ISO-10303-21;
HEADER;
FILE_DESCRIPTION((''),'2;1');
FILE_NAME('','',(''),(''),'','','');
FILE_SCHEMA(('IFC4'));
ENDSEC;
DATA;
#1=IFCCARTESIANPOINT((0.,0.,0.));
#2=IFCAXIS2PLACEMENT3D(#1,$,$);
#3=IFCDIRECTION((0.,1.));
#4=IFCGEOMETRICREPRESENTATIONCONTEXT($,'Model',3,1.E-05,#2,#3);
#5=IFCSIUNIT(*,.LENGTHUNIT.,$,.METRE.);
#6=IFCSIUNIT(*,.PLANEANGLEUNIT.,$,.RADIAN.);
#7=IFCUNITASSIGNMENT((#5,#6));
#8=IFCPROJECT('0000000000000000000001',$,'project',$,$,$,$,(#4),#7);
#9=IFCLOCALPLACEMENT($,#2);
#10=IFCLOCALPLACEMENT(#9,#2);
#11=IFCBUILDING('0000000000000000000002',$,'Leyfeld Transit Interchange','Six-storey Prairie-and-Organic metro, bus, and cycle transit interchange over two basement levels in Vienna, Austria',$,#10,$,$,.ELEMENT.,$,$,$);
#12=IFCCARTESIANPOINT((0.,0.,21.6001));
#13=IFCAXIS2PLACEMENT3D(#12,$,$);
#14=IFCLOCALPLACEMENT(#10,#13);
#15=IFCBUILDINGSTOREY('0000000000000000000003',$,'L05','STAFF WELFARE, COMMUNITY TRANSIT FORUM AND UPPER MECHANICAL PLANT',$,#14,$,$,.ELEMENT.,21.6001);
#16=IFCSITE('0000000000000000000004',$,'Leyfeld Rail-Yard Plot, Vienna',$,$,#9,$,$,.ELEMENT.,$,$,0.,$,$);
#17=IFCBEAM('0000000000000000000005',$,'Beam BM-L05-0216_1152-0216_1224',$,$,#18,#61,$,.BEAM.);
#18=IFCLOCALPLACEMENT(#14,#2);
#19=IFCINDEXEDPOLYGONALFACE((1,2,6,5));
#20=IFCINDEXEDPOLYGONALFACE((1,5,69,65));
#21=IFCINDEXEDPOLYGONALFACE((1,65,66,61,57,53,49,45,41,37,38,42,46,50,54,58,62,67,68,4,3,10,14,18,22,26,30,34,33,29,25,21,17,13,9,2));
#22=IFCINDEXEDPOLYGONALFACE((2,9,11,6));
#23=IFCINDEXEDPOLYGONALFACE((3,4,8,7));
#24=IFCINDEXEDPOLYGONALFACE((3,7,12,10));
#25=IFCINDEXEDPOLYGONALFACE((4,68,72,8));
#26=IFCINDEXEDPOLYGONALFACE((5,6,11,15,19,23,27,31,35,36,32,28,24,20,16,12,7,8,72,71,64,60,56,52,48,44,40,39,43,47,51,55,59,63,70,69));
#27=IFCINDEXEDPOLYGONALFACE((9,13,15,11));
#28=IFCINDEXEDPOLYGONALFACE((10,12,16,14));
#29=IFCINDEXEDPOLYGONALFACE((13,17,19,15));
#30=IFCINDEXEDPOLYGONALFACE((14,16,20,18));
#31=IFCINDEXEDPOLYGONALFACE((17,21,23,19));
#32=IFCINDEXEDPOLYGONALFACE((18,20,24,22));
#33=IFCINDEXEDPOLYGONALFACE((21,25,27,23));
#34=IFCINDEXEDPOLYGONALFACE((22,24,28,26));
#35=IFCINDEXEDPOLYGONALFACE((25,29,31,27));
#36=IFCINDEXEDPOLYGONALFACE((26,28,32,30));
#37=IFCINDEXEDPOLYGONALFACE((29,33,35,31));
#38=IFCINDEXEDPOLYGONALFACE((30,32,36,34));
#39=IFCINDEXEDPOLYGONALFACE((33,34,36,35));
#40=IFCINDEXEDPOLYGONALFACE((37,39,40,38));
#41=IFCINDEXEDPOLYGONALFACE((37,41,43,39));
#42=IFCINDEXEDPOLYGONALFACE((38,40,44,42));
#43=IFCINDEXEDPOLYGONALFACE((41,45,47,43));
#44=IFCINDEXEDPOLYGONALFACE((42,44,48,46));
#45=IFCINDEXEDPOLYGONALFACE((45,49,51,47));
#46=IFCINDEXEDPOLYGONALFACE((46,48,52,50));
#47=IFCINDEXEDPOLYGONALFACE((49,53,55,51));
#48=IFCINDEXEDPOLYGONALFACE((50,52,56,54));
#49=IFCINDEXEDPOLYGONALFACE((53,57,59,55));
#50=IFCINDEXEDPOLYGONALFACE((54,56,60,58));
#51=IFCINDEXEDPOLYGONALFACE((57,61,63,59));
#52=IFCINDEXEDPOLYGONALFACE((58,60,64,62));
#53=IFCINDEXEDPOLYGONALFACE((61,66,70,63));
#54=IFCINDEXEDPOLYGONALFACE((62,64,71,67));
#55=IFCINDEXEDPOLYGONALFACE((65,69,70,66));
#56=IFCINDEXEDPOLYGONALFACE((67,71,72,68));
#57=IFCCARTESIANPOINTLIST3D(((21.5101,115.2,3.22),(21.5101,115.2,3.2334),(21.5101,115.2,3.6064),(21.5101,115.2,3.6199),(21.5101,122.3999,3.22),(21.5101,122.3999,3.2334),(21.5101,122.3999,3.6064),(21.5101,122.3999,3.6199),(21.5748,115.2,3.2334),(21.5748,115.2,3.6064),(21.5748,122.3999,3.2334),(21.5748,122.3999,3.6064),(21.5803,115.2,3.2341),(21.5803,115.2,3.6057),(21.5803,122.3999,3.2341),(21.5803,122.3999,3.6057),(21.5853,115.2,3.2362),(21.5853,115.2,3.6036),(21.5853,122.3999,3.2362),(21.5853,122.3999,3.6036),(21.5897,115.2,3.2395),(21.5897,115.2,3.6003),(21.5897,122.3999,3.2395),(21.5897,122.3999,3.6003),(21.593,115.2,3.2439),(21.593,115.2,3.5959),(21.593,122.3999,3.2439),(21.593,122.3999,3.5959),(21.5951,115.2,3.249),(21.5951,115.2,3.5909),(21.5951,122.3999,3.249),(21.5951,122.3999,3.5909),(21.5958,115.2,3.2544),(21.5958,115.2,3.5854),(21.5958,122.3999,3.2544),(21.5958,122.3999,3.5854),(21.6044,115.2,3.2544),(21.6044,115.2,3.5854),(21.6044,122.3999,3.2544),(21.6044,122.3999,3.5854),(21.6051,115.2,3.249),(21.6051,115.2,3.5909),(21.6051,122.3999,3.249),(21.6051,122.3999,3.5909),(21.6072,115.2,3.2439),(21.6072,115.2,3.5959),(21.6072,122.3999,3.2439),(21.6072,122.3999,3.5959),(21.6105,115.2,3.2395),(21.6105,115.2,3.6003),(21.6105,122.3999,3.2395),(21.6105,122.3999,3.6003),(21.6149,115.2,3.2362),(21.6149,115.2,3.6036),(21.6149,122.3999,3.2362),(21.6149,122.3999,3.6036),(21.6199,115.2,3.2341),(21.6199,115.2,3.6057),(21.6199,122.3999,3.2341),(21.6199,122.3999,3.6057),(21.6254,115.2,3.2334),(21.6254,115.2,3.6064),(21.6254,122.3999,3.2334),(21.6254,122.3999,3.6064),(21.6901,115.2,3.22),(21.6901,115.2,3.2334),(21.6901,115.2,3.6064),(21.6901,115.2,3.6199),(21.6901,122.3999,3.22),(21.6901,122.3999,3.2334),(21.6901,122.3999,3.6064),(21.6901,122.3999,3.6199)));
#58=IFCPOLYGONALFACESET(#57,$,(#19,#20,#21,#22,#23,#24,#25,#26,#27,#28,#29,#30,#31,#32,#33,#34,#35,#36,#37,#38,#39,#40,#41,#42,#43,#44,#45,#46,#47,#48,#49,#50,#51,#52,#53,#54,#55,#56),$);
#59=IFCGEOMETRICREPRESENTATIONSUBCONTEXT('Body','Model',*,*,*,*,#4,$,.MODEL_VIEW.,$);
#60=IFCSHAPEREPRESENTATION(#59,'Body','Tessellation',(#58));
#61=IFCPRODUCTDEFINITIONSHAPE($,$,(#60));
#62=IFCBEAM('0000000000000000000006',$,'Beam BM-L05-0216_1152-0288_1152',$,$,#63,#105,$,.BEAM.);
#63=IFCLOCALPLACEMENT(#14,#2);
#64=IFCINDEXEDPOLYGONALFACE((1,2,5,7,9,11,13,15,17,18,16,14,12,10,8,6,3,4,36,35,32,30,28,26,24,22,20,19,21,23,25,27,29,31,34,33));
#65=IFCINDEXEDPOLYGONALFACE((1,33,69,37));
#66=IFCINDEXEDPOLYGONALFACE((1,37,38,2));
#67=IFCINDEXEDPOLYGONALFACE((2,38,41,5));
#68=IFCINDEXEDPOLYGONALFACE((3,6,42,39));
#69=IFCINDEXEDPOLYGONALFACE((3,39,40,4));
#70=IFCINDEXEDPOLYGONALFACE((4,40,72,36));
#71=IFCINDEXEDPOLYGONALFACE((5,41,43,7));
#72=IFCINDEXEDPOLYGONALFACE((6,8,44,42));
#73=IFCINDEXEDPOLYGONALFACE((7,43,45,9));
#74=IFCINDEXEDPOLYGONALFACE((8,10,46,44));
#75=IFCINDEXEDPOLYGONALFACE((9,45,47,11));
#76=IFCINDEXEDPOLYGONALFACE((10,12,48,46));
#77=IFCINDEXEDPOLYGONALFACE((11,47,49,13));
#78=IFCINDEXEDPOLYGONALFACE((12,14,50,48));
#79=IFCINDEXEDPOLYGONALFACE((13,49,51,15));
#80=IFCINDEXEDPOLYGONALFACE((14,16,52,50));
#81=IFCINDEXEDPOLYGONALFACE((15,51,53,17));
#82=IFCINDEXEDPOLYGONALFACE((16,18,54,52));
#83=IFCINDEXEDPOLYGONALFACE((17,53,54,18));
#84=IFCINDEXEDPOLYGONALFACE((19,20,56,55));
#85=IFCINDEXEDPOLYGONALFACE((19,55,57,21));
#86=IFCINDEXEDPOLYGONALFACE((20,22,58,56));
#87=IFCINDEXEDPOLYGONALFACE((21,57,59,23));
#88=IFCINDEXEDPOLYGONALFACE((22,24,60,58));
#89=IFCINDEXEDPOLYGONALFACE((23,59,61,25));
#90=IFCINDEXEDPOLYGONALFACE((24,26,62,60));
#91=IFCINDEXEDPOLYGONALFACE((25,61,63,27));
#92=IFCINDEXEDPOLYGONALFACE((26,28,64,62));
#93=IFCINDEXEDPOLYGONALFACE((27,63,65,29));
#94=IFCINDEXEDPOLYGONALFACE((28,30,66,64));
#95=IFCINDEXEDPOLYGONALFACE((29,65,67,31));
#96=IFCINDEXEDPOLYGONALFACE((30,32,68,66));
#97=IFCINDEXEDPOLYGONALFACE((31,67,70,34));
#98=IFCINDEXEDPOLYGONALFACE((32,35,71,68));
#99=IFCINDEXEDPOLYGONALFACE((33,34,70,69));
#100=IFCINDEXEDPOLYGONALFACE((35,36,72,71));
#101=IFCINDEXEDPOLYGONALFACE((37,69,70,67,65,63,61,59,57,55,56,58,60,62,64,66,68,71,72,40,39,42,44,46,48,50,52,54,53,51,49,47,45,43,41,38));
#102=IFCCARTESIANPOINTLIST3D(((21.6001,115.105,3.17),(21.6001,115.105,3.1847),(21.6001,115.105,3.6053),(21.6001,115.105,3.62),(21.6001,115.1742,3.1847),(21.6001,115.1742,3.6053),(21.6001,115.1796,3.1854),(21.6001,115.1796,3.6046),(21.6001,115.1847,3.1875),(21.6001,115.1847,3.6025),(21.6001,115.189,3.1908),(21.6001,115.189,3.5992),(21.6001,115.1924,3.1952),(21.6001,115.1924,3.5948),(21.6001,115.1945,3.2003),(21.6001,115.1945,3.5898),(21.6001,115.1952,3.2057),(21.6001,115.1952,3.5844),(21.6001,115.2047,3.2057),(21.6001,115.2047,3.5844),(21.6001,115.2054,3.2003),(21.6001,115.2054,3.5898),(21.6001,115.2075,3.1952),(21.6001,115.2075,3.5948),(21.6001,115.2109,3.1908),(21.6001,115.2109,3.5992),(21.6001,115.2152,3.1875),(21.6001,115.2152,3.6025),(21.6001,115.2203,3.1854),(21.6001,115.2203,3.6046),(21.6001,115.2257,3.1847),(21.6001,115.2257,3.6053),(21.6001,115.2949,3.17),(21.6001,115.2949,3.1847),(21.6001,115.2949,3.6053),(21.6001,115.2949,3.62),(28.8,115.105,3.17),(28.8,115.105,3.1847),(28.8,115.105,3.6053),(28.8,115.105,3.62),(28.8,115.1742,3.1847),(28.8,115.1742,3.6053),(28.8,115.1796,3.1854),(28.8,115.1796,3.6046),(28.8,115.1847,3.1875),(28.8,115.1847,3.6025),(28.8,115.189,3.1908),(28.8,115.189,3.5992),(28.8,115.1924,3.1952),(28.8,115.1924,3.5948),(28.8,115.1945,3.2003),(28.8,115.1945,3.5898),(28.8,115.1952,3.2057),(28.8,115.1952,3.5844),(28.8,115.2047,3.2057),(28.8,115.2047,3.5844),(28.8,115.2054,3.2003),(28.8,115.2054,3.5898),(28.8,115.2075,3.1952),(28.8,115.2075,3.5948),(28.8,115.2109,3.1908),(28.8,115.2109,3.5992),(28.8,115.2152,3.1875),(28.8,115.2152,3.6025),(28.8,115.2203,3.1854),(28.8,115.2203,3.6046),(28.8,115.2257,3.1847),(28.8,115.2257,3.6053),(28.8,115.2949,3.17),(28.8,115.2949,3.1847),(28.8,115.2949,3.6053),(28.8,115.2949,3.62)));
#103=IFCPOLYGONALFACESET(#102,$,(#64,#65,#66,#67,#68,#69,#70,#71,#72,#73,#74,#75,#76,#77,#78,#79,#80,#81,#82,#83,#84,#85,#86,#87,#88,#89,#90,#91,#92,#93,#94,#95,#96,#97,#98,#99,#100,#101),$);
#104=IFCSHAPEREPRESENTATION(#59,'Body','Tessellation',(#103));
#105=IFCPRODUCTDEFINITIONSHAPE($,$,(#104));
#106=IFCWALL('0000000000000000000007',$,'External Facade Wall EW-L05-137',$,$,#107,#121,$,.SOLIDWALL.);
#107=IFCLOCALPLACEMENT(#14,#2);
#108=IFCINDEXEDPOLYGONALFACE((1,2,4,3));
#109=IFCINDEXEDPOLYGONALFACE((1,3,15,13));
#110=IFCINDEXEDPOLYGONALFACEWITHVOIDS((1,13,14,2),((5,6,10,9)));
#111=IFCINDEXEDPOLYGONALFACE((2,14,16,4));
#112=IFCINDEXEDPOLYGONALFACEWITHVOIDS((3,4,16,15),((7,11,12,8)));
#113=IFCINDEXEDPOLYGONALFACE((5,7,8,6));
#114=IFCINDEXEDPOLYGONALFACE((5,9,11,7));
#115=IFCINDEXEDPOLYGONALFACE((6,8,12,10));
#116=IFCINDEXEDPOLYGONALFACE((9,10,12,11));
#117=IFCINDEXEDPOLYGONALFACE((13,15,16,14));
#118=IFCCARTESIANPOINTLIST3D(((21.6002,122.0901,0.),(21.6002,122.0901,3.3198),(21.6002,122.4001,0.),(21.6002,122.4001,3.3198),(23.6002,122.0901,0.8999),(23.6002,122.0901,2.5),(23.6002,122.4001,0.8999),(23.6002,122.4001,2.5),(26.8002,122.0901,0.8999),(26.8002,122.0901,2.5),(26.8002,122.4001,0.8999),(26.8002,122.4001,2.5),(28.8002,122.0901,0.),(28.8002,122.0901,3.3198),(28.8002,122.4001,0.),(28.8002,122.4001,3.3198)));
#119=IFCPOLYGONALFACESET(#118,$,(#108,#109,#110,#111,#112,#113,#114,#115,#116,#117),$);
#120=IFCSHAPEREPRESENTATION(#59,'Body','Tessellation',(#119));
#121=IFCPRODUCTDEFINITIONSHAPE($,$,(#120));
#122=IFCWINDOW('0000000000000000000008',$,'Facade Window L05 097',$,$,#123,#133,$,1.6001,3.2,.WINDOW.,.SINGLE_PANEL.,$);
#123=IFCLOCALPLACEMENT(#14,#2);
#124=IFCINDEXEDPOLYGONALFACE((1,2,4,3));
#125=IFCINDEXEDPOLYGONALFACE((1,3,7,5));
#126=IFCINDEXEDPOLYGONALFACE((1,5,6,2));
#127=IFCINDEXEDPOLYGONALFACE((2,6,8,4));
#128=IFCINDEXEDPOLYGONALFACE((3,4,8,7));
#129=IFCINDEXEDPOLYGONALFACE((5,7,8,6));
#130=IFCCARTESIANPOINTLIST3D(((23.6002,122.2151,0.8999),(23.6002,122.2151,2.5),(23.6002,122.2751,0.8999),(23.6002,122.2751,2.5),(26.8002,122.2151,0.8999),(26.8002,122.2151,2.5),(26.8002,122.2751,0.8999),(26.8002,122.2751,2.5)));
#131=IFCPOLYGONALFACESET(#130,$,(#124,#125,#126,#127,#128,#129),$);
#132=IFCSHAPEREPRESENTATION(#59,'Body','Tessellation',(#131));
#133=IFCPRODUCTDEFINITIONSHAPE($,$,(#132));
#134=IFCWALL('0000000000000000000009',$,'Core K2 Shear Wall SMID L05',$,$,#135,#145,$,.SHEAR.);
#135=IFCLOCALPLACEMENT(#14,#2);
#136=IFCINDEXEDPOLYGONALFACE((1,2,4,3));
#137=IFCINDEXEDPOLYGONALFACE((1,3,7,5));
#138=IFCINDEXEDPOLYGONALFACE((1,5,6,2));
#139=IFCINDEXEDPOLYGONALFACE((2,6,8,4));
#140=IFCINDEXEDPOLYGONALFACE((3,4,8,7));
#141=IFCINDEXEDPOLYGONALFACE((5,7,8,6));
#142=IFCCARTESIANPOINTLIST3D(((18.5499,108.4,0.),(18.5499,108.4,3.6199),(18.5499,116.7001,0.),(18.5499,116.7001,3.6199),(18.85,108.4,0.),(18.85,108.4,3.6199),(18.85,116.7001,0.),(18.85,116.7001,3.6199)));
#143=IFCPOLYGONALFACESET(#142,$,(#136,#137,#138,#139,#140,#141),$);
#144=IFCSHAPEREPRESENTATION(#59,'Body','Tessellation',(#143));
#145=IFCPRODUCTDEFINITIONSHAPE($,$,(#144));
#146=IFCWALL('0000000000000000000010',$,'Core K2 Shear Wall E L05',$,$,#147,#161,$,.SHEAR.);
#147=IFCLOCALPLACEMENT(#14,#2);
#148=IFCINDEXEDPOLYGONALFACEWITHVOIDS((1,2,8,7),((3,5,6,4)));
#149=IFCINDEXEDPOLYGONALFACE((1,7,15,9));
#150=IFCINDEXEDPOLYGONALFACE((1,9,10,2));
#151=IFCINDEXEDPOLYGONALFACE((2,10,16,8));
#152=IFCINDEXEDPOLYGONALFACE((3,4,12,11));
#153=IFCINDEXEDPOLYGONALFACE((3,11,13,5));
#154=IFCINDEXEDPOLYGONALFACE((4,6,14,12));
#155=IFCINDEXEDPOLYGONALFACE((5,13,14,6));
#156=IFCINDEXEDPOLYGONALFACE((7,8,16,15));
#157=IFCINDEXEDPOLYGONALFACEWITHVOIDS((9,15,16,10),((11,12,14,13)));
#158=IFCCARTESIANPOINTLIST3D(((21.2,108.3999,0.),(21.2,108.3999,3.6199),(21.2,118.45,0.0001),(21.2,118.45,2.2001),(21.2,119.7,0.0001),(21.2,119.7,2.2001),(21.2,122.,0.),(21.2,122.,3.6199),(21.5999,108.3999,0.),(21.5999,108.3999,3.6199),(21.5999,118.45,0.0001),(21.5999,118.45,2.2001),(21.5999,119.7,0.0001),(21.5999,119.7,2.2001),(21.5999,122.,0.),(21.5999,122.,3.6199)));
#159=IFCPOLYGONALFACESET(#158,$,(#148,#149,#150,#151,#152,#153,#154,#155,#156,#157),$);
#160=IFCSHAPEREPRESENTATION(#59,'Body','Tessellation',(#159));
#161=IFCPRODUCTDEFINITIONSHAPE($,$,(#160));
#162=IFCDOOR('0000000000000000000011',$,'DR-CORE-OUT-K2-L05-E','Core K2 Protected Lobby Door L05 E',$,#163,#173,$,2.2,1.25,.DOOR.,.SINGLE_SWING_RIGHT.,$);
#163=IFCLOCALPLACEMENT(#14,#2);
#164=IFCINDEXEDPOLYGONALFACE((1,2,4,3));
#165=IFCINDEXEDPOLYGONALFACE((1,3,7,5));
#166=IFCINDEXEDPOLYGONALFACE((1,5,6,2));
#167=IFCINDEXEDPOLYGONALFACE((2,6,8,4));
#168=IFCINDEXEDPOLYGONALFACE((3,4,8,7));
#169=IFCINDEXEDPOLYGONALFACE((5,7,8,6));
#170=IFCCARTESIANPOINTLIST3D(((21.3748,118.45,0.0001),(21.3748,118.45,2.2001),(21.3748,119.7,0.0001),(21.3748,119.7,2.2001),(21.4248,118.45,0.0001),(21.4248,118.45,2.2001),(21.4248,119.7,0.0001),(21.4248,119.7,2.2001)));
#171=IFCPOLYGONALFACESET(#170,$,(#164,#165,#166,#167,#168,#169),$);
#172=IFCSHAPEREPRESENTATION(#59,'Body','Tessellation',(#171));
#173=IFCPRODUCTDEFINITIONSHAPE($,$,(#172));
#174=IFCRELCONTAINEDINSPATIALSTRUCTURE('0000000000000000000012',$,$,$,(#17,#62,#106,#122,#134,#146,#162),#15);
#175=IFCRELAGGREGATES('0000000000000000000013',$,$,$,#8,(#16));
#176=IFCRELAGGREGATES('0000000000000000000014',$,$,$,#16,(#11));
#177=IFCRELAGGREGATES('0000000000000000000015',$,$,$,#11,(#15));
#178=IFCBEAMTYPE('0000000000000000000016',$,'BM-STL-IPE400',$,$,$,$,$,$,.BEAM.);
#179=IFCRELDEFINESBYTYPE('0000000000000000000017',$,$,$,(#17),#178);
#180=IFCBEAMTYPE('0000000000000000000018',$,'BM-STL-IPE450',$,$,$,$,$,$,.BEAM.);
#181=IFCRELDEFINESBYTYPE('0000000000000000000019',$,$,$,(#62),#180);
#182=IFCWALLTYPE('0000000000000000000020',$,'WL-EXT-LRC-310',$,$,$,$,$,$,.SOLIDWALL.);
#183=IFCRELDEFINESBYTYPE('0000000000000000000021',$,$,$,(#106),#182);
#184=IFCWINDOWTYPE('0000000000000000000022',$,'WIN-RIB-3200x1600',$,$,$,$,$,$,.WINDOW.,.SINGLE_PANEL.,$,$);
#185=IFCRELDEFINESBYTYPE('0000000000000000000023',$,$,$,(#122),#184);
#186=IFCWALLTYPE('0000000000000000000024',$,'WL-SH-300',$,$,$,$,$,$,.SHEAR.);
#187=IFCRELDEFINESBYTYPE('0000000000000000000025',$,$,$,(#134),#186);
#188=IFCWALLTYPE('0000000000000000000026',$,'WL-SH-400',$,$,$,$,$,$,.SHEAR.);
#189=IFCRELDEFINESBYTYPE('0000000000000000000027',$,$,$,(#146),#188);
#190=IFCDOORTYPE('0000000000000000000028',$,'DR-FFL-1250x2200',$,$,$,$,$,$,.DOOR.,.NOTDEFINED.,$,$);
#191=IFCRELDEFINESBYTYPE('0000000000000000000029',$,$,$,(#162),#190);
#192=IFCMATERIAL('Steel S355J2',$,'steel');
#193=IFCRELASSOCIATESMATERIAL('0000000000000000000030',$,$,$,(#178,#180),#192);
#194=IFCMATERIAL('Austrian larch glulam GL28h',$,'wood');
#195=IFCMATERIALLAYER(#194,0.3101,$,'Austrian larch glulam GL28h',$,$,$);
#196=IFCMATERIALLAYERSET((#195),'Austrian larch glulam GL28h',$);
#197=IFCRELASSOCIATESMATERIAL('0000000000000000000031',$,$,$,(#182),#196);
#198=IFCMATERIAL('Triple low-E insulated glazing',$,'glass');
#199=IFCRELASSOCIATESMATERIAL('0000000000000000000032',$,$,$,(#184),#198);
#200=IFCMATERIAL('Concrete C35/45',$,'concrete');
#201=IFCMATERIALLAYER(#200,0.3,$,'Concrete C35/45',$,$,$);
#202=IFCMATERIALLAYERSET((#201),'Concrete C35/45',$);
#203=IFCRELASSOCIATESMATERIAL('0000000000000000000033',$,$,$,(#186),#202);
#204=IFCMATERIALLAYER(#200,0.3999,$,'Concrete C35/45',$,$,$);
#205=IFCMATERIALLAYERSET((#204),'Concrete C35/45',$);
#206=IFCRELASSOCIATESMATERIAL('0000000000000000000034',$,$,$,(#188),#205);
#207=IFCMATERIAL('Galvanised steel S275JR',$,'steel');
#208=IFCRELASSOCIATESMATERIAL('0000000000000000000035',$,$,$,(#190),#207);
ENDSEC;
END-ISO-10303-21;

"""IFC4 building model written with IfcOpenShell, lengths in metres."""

from ifc_helpers import new_model, si_unit, direction, frame, frame_2d, origin, origin_2d, place, context, subcontext, project, spatial, rectangle, i_section, extrude, material, layer, layer_set, material_profile, profile_set, type_object, element, fill, save


model = new_model("IFC4")

# Units and contexts
model_context = context("Model", 3, precision=1e-05, world=origin(), true_north=direction((0.0, 1.0)))
body_context = subcontext(model_context, "Body", "Model", "MODEL_VIEW")
ifc_project = project(units=[si_unit("LENGTHUNIT", "METRE"), si_unit("PLANEANGLEUNIT", "RADIAN")], contexts=[model_context])

# Site, building, storey
site_placement = place(None, origin())
site = spatial("IfcSite", under=ifc_project, at=site_placement, Name="Leyfeld Rail-Yard Plot, Vienna", CompositionType="ELEMENT", RefElevation=0.0)
building_placement = place(site_placement, origin())
building = spatial("IfcBuilding", under=site, at=building_placement, Name="Leyfeld Transit Interchange", Description="Six-storey Prairie-and-Organic metro, bus, and cycle transit interchange over two basement levels in Vienna, Austria", CompositionType="ELEMENT")
storey_placement = place(building_placement, frame((0.0, 0.0, 21.6001)))
storey = spatial("IfcBuildingStorey", under=building, at=storey_placement, Name="L05", Description="STAFF WELFARE, COMMUNITY TRANSIT FORUM AND UPPER MECHANICAL PLANT", CompositionType="ELEMENT", Elevation=21.6001)

# Shared definitions
ifc_material_1 = material(Name="Steel S355J2", Category="steel")

# Beams
ifc_material_2 = material(Name="Concrete C35/45", Category="concrete")
ifc_material_profile_1 = material_profile(ifc_material_1, i_section(OverallWidth=0.1799, OverallDepth=0.3999, WebThickness=0.0085, FlangeThickness=0.0134, FilletRadius=0.021, at=origin_2d()), Name="IPE 400")
ifc_profile_set_1 = profile_set([ifc_material_profile_1], Name="Steel S355J2")
beam_type_1 = type_object("IfcBeamType", Name="BM-STL-IPE400", PredefinedType="BEAM", material=ifc_profile_set_1)
for number, where, z_axis, x_axis, name in (
    (1, (21.6001, 115.2, 3.4199), (0.0, 1.0, 0.0), (-1.0, 0.0, 0.0), "Beam BM-L05-0216_1152-0216_1224"),
):
    element("IfcBeam", number, at=place(storey_placement, frame(where, z_axis=z_axis, x_axis=x_axis)), inside=storey, type_object=beam_type_1, Name=name, PredefinedType="BEAM", context=body_context, shape_type="SweptSolid", body=[
        extrude(i_section(OverallWidth=0.1799, OverallDepth=0.3999, WebThickness=0.0085, FlangeThickness=0.0134, FilletRadius=0.021, at=origin_2d()), origin(), (0.0, 0.0, 1.0), 7.2),
    ])
ifc_material_profile_2 = material_profile(ifc_material_1, i_section(OverallWidth=0.1899, OverallDepth=0.45, WebThickness=0.0095, FlangeThickness=0.0146, FilletRadius=0.021, at=origin_2d()), Name="IPE 450")
ifc_profile_set_2 = profile_set([ifc_material_profile_2], Name="Steel S355J2")
beam_type_2 = type_object("IfcBeamType", Name="BM-STL-IPE450", PredefinedType="BEAM", material=ifc_profile_set_2)
beam_1_placement = place(storey_placement, frame((21.6001, 115.2, 3.395), z_axis=(1.0, 0.0, 0.0), x_axis=(0.0, 1.0, 0.0)))
element("IfcBeam", 2, at=beam_1_placement, inside=storey, type_object=beam_type_2, Name="Beam BM-L05-0216_1152-0288_1152", PredefinedType="BEAM", context=body_context, shape_type="SweptSolid", body=[
    extrude(i_section(OverallWidth=0.1899, OverallDepth=0.45, WebThickness=0.0095, FlangeThickness=0.0146, FilletRadius=0.021, at=origin_2d()), origin(), (0.0, 0.0, 1.0), 7.2),
])

# Wall, opening, window
ifc_material_3 = material(Name="Austrian larch glulam GL28h", Category="wood")
ifc_layer_1 = layer(ifc_material_3, 0.3101, Name="Austrian larch glulam GL28h")
ifc_layer_set_1 = layer_set([ifc_layer_1], Name="Austrian larch glulam GL28h")
wall_type_1 = type_object("IfcWallType", Name="WL-EXT-LRC-310", PredefinedType="SOLIDWALL", material=ifc_layer_set_1)
wall_1_placement = place(storey_placement, frame((21.6001, 122.2451, 0.0), z_axis=(0.0, 0.0, 1.0), x_axis=(1.0, 0.0, 0.0)))
wall_1 = element("IfcWall", 3, at=wall_1_placement, inside=storey, type_object=wall_type_1, Name="External Facade Wall EW-L05-137", PredefinedType="SOLIDWALL", context=body_context, shape_type="SweptSolid", body=[
    extrude(rectangle(XDim=7.2, YDim=0.3101, at=frame_2d((3.6001, 0.0))), origin(), (0.0, 0.0, 1.0), 3.3198),
])
opening_1_placement = place(wall_1_placement, frame((2.0, 0.0, 0.8999)))
opening_1 = element("IfcOpeningElement", 4, at=opening_1_placement, cuts=wall_1, PredefinedType="OPENING", context=body_context, shape_type="SweptSolid", body=[
    extrude(rectangle(XDim=3.2, YDim=1.6001, at=frame_2d((1.6001, 0.8))), frame((0.0, 0.165, 0.0), z_axis=(0.0, -1.0, 0.0), x_axis=(1.0, 0.0, 0.0)), (0.0, 0.0, 1.0), 0.3301),
])
ifc_material_4 = material(Name="Triple low-E insulated glazing", Category="glass")
window_type = type_object("IfcWindowType", Name="WIN-RIB-3200x1600", PartitioningType="SINGLE_PANEL", PredefinedType="WINDOW", material=ifc_material_4)
window_placement = place(opening_1_placement, origin())
window = element("IfcWindow", 5, at=window_placement, inside=storey, type_object=window_type, Name="Facade Window L05 097", OverallHeight=1.6001, OverallWidth=3.2, PartitioningType="SINGLE_PANEL", PredefinedType="WINDOW", context=body_context, shape_type="SweptSolid", body=[
    extrude(rectangle(XDim=3.2, YDim=1.6001, at=frame_2d((1.6001, 0.8))), frame((0.0, 0.03, 0.0), z_axis=(0.0, -1.0, 0.0), x_axis=(1.0, 0.0, 0.0)), (0.0, 0.0, 1.0), 0.0601),
])
fill(opening_1, window)

# Wall
ifc_layer_2 = layer(ifc_material_2, 0.3, Name="Concrete C35/45")
ifc_layer_set_2 = layer_set([ifc_layer_2], Name="Concrete C35/45")
wall_type_2 = type_object("IfcWallType", Name="WL-SH-300", PredefinedType="SHEAR", material=ifc_layer_set_2)
wall_2_placement = place(storey_placement, frame((18.7, 116.7, 0.0), z_axis=(0.0, 0.0, 1.0), x_axis=(0.0, -1.0, 0.0)))
element("IfcWall", 6, at=wall_2_placement, inside=storey, type_object=wall_type_2, Name="Core K2 Shear Wall SMID L05", PredefinedType="SHEAR", context=body_context, shape_type="SweptSolid", body=[
    extrude(rectangle(XDim=8.3, YDim=0.3, at=frame_2d((4.1499, 0.0))), origin(), (0.0, 0.0, 1.0), 3.6199),
])

# Shared definitions
ifc_material_5 = material(Name="Galvanised steel S275JR", Category="steel")

# Wall, opening, door
ifc_layer_3 = layer(ifc_material_2, 0.3999, Name="Concrete C35/45")
ifc_layer_set_3 = layer_set([ifc_layer_3], Name="Concrete C35/45")
wall_type_3 = type_object("IfcWallType", Name="WL-SH-400", PredefinedType="SHEAR", material=ifc_layer_set_3)
wall_3_placement = place(storey_placement, frame((21.3999, 122.0, 0.0), z_axis=(0.0, 0.0, 1.0), x_axis=(0.0, -1.0, 0.0)))
wall_3 = element("IfcWall", 7, at=wall_3_placement, inside=storey, type_object=wall_type_3, Name="Core K2 Shear Wall E L05", PredefinedType="SHEAR", context=body_context, shape_type="SweptSolid", body=[
    extrude(rectangle(XDim=13.6001, YDim=0.3999, at=frame_2d((6.8, 0.0))), origin(), (0.0, 0.0, 1.0), 3.6199),
])
opening_2_placement = place(wall_3_placement, frame((2.3, 0.0, 0.0)))
opening_2 = element("IfcOpeningElement", 8, at=opening_2_placement, cuts=wall_3, PredefinedType="OPENING", context=body_context, shape_type="SweptSolid", body=[
    extrude(rectangle(XDim=1.25, YDim=2.2, at=frame_2d((0.625, 1.1001))), frame((0.0, 0.21, 0.0), z_axis=(0.0, -1.0, 0.0), x_axis=(1.0, 0.0, 0.0)), (0.0, 0.0, 1.0), 0.4199),
])
door_type_1 = type_object("IfcDoorType", Name="DR-FFL-1250x2200", OperationType="NOTDEFINED", PredefinedType="DOOR", material=ifc_material_5)
door_1_placement = place(opening_2_placement, origin())
door_1 = element("IfcDoor", 9, at=door_1_placement, inside=storey, type_object=door_type_1, Name="DR-CORE-OUT-K2-L05-E", Description="Core K2 Protected Lobby Door L05 E", OperationType="SINGLE_SWING_RIGHT", OverallHeight=2.2, OverallWidth=1.25, PredefinedType="DOOR", context=body_context, shape_type="SweptSolid", body=[
    extrude(rectangle(XDim=1.25, YDim=2.2, at=frame_2d((0.625, 1.1001))), frame((0.0, 0.0249, 0.0), z_axis=(0.0, -1.0, 0.0), x_axis=(1.0, 0.0, 0.0)), (0.0, 0.0, 1.0), 0.05),
])
fill(opening_2, door_1)

save(model, "model.ifc")
